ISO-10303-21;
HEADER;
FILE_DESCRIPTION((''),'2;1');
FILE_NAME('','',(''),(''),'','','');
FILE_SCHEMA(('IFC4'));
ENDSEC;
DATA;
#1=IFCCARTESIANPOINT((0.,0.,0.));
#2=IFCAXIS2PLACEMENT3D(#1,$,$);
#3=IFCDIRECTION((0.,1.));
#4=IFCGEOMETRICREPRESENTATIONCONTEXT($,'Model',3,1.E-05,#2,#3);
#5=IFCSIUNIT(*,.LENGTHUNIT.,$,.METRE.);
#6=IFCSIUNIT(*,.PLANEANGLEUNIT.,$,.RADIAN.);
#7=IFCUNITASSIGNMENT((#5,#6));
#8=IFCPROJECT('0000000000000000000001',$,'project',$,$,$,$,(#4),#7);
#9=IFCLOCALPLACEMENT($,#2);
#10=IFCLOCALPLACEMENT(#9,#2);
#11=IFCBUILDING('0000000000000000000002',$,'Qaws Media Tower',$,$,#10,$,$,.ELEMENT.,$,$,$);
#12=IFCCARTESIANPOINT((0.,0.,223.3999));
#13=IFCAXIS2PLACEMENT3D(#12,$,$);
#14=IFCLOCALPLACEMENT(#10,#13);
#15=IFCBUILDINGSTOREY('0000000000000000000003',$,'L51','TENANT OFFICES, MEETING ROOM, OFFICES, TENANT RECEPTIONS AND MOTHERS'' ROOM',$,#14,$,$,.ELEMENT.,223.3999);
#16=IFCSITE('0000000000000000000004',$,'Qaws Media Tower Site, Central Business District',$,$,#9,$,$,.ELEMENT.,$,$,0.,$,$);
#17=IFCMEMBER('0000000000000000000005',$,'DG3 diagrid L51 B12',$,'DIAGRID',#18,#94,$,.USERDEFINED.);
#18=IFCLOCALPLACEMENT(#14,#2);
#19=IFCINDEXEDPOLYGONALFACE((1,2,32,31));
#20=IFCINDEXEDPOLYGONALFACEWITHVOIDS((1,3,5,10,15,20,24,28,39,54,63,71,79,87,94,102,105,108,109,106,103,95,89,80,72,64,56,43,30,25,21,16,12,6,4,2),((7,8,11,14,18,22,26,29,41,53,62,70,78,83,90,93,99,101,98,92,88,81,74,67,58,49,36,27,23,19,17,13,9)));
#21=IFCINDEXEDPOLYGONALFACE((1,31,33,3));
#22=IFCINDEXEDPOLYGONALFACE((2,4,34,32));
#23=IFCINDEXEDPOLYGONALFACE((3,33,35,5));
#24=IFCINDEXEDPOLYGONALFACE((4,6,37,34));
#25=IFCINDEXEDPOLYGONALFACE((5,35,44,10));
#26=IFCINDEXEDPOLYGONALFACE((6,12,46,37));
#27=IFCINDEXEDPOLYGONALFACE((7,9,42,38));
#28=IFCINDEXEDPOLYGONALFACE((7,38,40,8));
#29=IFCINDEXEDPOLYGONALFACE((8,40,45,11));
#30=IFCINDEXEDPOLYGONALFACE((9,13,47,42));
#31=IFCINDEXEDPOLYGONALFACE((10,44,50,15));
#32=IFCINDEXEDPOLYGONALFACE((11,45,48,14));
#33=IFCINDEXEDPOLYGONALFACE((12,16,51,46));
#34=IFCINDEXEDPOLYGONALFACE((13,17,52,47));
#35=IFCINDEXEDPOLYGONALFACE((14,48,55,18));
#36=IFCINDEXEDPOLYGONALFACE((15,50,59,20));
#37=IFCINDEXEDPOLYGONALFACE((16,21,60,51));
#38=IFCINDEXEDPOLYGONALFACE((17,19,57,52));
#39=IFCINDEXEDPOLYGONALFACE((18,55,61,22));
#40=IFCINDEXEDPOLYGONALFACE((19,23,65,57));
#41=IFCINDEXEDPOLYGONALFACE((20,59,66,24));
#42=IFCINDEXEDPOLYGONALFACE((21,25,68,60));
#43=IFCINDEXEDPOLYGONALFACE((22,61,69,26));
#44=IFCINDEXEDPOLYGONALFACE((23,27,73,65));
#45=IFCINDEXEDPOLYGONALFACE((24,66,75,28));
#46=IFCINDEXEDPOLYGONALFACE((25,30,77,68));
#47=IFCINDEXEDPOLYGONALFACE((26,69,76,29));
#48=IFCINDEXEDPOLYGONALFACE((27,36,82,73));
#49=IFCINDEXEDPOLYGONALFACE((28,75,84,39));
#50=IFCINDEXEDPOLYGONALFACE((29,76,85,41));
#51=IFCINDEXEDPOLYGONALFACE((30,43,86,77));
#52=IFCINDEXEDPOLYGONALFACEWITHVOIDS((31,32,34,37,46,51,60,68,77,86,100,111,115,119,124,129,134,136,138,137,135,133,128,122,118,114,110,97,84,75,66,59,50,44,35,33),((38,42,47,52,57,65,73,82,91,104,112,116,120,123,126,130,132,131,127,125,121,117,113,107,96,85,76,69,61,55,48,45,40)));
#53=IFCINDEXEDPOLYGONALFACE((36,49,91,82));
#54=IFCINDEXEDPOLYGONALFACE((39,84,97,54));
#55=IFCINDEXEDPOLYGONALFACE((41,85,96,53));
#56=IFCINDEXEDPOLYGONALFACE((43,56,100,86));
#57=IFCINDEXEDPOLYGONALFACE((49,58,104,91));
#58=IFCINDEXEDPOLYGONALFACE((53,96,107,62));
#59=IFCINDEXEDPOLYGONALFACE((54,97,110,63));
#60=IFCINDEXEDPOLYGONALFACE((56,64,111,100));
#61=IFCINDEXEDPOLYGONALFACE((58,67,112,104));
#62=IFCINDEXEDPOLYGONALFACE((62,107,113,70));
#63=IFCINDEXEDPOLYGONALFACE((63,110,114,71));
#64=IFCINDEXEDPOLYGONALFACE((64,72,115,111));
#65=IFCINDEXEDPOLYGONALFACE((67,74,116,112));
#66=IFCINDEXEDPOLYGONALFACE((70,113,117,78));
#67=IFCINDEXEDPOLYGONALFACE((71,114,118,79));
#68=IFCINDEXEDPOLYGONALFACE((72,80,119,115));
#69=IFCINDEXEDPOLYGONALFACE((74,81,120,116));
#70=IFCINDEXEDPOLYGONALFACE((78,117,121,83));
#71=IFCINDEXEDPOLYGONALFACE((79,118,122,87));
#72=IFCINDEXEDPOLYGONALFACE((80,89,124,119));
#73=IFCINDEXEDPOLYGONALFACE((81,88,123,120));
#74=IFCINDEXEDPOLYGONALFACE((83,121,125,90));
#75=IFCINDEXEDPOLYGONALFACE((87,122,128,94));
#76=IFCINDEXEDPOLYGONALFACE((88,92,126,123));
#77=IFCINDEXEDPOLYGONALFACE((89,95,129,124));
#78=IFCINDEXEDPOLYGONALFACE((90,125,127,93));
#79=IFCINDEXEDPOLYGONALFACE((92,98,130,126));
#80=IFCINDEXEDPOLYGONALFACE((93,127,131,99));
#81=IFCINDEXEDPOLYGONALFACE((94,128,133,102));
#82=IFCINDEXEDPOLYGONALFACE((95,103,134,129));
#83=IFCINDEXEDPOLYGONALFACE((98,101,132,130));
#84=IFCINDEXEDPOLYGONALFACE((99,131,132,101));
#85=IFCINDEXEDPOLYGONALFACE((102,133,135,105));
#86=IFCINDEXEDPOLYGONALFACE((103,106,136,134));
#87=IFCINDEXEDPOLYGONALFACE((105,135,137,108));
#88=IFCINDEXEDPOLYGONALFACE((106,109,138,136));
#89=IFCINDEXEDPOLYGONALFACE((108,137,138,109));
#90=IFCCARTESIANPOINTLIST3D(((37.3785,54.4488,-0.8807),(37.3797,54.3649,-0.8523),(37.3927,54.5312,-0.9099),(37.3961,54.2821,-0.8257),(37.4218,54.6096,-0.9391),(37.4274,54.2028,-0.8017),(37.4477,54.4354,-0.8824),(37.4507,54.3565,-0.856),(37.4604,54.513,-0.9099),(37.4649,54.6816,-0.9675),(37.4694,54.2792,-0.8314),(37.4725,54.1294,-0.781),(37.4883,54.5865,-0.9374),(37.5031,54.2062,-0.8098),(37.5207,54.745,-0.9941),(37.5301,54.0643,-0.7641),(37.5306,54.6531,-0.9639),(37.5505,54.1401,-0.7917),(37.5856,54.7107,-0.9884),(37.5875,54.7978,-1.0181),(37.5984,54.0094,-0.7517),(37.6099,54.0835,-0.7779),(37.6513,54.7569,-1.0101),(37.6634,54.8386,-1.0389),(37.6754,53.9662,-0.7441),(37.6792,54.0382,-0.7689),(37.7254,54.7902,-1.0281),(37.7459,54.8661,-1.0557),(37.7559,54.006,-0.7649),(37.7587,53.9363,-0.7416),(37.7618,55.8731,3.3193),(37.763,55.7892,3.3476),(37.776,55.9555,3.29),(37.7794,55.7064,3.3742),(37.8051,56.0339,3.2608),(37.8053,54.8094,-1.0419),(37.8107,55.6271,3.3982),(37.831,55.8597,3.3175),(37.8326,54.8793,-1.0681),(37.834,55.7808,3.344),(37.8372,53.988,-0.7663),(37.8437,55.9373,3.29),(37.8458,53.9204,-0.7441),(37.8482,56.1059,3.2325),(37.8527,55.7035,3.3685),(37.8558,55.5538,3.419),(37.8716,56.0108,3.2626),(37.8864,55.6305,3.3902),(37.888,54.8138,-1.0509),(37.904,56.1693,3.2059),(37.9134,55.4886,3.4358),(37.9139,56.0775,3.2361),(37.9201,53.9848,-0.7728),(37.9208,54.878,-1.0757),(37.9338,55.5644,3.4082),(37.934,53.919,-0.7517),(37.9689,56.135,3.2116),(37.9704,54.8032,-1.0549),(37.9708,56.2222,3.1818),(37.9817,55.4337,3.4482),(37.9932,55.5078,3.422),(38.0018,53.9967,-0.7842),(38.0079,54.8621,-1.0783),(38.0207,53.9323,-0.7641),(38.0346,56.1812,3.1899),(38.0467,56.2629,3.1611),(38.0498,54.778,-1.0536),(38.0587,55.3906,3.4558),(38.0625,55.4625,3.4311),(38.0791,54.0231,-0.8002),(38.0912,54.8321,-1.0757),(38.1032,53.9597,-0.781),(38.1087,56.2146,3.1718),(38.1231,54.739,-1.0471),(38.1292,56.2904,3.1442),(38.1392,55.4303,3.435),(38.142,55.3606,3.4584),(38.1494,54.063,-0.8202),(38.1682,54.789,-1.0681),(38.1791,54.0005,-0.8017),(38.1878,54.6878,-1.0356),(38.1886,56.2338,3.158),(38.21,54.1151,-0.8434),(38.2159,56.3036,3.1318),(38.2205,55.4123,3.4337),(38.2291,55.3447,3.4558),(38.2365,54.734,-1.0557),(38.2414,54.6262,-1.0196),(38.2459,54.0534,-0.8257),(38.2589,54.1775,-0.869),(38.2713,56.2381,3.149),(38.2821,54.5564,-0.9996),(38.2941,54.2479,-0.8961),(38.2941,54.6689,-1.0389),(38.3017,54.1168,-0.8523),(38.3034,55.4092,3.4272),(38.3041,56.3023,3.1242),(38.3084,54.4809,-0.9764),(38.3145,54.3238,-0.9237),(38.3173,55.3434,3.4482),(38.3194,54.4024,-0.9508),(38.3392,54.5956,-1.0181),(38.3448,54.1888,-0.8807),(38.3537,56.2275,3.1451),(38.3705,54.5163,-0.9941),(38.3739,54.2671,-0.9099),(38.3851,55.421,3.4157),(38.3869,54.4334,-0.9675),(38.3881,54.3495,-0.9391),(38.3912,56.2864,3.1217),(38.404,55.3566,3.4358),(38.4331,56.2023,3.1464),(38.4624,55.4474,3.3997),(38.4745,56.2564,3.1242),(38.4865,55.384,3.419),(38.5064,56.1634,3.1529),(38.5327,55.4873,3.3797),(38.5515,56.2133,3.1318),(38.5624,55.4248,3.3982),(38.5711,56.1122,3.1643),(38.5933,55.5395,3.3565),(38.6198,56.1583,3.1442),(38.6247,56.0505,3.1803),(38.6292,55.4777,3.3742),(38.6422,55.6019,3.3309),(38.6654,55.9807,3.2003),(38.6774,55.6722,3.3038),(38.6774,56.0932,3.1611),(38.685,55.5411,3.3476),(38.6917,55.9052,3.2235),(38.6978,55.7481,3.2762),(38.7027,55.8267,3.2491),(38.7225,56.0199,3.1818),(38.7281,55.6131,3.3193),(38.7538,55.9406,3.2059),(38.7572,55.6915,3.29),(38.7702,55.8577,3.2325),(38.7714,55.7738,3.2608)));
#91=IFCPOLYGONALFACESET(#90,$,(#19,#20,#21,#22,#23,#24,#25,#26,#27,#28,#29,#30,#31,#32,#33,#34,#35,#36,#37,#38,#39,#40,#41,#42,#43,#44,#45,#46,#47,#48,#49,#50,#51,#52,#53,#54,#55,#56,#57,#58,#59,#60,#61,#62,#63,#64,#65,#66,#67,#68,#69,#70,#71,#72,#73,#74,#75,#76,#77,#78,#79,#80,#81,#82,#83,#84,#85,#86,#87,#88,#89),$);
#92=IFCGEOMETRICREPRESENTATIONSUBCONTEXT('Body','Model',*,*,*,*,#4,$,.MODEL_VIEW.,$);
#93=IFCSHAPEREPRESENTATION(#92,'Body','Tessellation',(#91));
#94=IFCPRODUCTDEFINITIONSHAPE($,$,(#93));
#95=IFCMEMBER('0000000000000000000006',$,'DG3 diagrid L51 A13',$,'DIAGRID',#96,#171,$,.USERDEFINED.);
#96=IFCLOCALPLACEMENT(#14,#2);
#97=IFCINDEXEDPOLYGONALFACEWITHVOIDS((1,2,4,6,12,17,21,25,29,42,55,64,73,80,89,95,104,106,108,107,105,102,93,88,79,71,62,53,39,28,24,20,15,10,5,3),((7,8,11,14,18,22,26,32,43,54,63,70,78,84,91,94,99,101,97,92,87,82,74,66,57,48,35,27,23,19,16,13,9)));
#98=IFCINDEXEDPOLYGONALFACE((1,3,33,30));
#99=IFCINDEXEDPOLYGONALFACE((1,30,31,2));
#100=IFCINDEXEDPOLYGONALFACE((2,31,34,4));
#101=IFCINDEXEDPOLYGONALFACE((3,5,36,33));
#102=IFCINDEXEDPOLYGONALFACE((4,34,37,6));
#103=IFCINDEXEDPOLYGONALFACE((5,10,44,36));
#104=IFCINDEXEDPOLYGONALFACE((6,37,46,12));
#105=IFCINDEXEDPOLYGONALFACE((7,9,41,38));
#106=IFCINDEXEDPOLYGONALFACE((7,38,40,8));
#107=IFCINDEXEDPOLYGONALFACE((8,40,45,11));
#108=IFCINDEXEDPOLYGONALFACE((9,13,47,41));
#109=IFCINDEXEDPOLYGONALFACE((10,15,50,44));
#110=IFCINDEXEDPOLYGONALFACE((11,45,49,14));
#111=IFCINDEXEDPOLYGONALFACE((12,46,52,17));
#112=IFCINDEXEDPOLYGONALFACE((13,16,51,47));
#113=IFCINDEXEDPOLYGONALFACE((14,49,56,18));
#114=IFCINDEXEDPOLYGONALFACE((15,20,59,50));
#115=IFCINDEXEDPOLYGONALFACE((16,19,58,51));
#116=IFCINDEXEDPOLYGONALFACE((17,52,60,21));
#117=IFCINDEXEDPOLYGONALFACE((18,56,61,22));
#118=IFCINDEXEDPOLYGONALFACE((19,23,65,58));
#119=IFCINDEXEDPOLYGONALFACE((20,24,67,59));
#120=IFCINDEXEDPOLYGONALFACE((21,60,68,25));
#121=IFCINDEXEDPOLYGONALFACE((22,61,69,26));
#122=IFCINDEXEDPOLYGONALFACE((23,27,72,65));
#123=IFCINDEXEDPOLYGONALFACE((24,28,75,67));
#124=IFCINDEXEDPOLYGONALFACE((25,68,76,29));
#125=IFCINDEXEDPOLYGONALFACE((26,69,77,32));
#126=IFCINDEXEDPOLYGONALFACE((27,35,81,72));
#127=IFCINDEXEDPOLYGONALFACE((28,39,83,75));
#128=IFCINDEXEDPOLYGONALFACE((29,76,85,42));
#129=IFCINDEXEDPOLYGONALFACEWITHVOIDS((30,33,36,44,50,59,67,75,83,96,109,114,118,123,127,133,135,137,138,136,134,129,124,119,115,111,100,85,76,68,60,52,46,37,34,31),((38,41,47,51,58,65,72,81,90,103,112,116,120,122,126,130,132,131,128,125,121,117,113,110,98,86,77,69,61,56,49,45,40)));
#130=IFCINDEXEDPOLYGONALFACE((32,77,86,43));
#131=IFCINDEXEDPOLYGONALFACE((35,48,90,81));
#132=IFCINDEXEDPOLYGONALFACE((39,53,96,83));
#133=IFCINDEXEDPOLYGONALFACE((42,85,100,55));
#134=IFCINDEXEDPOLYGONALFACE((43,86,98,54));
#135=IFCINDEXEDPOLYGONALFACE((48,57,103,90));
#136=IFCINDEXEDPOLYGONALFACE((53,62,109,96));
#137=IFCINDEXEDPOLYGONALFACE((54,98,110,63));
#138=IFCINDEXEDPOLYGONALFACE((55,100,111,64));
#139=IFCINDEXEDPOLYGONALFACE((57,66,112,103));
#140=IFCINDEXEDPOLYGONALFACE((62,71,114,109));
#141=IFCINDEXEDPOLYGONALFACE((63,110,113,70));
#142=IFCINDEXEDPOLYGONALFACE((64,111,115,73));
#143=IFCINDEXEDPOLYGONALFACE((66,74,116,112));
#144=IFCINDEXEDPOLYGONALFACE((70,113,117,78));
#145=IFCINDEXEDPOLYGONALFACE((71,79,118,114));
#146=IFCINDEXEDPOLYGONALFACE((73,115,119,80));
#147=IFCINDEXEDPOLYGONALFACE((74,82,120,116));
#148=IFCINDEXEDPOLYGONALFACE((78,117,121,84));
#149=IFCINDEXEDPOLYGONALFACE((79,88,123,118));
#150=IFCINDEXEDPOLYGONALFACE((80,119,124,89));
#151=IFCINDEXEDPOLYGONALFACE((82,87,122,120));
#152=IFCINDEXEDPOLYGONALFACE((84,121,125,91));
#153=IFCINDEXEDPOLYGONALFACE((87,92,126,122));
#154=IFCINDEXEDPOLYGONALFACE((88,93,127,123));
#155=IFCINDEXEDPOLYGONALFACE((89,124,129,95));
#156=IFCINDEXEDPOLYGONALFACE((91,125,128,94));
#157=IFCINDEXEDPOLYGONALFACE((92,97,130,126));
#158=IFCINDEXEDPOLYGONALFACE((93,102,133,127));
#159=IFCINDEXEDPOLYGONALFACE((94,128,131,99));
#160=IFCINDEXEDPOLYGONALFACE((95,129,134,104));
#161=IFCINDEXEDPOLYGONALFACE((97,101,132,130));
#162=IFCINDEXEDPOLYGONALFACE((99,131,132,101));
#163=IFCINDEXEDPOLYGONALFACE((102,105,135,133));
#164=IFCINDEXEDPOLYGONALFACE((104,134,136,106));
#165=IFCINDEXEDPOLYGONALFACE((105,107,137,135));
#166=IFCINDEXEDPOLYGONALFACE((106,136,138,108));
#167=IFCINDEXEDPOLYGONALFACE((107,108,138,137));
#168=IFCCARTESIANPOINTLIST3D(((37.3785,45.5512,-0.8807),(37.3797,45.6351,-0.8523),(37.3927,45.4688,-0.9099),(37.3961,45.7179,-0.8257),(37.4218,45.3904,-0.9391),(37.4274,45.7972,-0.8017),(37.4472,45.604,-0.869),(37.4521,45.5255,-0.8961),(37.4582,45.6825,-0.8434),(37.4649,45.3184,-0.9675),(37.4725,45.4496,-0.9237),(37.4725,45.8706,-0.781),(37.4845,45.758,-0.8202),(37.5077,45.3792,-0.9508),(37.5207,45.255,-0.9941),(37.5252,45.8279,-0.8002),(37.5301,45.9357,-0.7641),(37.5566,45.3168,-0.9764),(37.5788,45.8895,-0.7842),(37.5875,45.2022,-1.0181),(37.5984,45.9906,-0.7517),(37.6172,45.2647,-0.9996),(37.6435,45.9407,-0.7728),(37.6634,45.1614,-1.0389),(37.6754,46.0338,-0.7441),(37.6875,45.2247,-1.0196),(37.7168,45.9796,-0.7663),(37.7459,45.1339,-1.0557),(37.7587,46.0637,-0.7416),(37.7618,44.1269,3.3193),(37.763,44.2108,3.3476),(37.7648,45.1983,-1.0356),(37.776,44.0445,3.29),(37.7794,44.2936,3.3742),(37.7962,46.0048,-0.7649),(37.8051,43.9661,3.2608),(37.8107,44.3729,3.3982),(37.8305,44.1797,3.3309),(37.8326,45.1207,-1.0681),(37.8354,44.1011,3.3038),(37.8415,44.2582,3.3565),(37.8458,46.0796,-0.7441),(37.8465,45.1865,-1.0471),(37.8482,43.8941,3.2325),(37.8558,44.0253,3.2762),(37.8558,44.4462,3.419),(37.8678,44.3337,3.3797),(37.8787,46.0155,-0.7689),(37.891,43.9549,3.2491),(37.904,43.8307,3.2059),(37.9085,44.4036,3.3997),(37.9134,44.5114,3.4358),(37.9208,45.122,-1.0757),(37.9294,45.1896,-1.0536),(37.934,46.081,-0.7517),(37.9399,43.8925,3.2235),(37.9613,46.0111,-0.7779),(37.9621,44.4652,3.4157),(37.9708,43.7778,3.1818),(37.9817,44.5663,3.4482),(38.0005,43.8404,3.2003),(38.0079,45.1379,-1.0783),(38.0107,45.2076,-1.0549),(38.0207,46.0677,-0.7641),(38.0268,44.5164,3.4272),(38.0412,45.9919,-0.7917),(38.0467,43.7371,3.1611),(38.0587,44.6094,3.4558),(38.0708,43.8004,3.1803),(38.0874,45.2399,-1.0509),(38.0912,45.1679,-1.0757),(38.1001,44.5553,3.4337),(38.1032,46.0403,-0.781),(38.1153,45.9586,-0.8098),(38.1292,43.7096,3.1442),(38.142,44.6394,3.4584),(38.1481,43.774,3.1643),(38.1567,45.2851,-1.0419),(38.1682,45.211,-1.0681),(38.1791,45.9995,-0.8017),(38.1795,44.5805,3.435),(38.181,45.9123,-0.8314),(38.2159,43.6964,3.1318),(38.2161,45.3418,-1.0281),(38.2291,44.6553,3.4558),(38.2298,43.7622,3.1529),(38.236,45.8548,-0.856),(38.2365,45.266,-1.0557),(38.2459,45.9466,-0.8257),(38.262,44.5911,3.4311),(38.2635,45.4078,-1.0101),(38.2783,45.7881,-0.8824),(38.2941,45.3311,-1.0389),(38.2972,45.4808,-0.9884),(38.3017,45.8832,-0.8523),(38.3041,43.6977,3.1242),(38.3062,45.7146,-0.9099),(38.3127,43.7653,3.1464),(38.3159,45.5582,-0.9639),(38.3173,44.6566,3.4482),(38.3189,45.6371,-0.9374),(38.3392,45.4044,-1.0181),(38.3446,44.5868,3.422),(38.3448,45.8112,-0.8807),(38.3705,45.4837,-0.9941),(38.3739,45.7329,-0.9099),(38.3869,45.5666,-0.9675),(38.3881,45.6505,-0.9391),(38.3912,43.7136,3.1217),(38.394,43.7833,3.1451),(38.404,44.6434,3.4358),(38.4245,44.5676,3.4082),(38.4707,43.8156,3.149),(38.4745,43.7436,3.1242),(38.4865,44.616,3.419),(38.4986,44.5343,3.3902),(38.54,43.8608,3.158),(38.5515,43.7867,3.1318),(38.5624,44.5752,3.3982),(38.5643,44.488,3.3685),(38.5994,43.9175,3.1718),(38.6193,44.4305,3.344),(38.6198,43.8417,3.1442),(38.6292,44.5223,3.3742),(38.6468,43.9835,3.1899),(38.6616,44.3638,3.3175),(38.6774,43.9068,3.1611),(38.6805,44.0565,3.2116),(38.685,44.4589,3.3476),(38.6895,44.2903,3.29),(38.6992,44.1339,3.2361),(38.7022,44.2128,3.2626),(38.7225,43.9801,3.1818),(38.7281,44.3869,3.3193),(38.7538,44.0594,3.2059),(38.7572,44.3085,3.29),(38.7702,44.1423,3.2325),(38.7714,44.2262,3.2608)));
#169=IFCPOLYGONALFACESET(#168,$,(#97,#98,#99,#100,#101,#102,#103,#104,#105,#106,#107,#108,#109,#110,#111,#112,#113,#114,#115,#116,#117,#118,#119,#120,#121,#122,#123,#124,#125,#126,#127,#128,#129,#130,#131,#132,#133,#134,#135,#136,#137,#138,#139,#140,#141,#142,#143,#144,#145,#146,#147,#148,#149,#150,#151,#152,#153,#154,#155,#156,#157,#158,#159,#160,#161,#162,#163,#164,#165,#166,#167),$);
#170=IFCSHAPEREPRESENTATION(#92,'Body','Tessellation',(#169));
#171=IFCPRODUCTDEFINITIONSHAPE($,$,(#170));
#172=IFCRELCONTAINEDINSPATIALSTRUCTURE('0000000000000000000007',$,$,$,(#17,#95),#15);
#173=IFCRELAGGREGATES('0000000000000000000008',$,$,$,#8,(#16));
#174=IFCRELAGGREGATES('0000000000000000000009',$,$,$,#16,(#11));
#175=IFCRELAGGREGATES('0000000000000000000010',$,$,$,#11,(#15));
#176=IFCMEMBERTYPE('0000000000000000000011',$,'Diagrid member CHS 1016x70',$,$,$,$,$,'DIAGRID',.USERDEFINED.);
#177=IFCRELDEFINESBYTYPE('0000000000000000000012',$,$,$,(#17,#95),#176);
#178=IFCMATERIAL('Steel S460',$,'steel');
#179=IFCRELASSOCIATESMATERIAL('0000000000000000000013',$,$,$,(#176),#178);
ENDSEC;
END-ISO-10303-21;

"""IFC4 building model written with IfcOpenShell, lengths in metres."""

from ifc_helpers import new_model, si_unit, direction, frame, origin, origin_2d, place, context, subcontext, project, spatial, hollow_circle, extrude, material, material_profile, profile_set, type_object, element, save


model = new_model("IFC4")

# Units and contexts
model_context = context("Model", 3, precision=1e-05, world=origin(), true_north=direction((0.0, 1.0)))
body_context = subcontext(model_context, "Body", "Model", "MODEL_VIEW")
ifc_project = project(units=[si_unit("LENGTHUNIT", "METRE"), si_unit("PLANEANGLEUNIT", "RADIAN")], contexts=[model_context])

# Site, building, storey
site_placement = place(None, origin())
site = spatial("IfcSite", under=ifc_project, at=site_placement, Name="Qaws Media Tower Site, Central Business District", CompositionType="ELEMENT", RefElevation=0.0)
building_placement = place(site_placement, origin())
building = spatial("IfcBuilding", under=site, at=building_placement, Name="Qaws Media Tower", CompositionType="ELEMENT")
storey_placement = place(building_placement, frame((0.0, 0.0, 223.3999)))
storey = spatial("IfcBuildingStorey", under=building, at=storey_placement, Name="L51", Description="TENANT OFFICES, MEETING ROOM, OFFICES, TENANT RECEPTIONS AND MOTHERS' ROOM", CompositionType="ELEMENT", Elevation=223.3999)

# Members
ifc_material_1 = material(Name="Steel S460", Category="steel")
ifc_material_profile_1 = material_profile(ifc_material_1, hollow_circle(Radius=0.5081, WallThickness=0.0701, at=origin_2d()), Name="CHS 1016x70")
ifc_profile_set_1 = profile_set([ifc_material_profile_1], Name="Steel S460")
member_type_1 = type_object("IfcMemberType", Name="Diagrid member CHS 1016x70", ElementType="DIAGRID", PredefinedType="USERDEFINED", material=ifc_profile_set_1)
for number, where, z_axis, x_axis, name in (
    (1, (37.8833, 54.3992, -0.9099), (0.086107, 0.319969, 0.943507), (-0.965645, 0.259867, 0.0), "DG3 diagrid L51 B12"),
    (2, (37.8833, 45.6008, -0.9099), (0.086107, -0.319969, 0.943507), (0.965645, 0.259867, 0.0), "DG3 diagrid L51 A13"),
):
    element("IfcMember", number, at=place(storey_placement, frame(where, z_axis=z_axis, x_axis=x_axis)), inside=storey, type_object=member_type_1, Name=name, ObjectType="DIAGRID", PredefinedType="USERDEFINED", context=body_context, shape_type="SweptSolid", body=[
        extrude(hollow_circle(Radius=0.5081, WallThickness=0.0701, at=origin_2d()), origin(), (0.0, 0.0, 1.0), 4.4514),
    ])

save(model, "model.ifc")
